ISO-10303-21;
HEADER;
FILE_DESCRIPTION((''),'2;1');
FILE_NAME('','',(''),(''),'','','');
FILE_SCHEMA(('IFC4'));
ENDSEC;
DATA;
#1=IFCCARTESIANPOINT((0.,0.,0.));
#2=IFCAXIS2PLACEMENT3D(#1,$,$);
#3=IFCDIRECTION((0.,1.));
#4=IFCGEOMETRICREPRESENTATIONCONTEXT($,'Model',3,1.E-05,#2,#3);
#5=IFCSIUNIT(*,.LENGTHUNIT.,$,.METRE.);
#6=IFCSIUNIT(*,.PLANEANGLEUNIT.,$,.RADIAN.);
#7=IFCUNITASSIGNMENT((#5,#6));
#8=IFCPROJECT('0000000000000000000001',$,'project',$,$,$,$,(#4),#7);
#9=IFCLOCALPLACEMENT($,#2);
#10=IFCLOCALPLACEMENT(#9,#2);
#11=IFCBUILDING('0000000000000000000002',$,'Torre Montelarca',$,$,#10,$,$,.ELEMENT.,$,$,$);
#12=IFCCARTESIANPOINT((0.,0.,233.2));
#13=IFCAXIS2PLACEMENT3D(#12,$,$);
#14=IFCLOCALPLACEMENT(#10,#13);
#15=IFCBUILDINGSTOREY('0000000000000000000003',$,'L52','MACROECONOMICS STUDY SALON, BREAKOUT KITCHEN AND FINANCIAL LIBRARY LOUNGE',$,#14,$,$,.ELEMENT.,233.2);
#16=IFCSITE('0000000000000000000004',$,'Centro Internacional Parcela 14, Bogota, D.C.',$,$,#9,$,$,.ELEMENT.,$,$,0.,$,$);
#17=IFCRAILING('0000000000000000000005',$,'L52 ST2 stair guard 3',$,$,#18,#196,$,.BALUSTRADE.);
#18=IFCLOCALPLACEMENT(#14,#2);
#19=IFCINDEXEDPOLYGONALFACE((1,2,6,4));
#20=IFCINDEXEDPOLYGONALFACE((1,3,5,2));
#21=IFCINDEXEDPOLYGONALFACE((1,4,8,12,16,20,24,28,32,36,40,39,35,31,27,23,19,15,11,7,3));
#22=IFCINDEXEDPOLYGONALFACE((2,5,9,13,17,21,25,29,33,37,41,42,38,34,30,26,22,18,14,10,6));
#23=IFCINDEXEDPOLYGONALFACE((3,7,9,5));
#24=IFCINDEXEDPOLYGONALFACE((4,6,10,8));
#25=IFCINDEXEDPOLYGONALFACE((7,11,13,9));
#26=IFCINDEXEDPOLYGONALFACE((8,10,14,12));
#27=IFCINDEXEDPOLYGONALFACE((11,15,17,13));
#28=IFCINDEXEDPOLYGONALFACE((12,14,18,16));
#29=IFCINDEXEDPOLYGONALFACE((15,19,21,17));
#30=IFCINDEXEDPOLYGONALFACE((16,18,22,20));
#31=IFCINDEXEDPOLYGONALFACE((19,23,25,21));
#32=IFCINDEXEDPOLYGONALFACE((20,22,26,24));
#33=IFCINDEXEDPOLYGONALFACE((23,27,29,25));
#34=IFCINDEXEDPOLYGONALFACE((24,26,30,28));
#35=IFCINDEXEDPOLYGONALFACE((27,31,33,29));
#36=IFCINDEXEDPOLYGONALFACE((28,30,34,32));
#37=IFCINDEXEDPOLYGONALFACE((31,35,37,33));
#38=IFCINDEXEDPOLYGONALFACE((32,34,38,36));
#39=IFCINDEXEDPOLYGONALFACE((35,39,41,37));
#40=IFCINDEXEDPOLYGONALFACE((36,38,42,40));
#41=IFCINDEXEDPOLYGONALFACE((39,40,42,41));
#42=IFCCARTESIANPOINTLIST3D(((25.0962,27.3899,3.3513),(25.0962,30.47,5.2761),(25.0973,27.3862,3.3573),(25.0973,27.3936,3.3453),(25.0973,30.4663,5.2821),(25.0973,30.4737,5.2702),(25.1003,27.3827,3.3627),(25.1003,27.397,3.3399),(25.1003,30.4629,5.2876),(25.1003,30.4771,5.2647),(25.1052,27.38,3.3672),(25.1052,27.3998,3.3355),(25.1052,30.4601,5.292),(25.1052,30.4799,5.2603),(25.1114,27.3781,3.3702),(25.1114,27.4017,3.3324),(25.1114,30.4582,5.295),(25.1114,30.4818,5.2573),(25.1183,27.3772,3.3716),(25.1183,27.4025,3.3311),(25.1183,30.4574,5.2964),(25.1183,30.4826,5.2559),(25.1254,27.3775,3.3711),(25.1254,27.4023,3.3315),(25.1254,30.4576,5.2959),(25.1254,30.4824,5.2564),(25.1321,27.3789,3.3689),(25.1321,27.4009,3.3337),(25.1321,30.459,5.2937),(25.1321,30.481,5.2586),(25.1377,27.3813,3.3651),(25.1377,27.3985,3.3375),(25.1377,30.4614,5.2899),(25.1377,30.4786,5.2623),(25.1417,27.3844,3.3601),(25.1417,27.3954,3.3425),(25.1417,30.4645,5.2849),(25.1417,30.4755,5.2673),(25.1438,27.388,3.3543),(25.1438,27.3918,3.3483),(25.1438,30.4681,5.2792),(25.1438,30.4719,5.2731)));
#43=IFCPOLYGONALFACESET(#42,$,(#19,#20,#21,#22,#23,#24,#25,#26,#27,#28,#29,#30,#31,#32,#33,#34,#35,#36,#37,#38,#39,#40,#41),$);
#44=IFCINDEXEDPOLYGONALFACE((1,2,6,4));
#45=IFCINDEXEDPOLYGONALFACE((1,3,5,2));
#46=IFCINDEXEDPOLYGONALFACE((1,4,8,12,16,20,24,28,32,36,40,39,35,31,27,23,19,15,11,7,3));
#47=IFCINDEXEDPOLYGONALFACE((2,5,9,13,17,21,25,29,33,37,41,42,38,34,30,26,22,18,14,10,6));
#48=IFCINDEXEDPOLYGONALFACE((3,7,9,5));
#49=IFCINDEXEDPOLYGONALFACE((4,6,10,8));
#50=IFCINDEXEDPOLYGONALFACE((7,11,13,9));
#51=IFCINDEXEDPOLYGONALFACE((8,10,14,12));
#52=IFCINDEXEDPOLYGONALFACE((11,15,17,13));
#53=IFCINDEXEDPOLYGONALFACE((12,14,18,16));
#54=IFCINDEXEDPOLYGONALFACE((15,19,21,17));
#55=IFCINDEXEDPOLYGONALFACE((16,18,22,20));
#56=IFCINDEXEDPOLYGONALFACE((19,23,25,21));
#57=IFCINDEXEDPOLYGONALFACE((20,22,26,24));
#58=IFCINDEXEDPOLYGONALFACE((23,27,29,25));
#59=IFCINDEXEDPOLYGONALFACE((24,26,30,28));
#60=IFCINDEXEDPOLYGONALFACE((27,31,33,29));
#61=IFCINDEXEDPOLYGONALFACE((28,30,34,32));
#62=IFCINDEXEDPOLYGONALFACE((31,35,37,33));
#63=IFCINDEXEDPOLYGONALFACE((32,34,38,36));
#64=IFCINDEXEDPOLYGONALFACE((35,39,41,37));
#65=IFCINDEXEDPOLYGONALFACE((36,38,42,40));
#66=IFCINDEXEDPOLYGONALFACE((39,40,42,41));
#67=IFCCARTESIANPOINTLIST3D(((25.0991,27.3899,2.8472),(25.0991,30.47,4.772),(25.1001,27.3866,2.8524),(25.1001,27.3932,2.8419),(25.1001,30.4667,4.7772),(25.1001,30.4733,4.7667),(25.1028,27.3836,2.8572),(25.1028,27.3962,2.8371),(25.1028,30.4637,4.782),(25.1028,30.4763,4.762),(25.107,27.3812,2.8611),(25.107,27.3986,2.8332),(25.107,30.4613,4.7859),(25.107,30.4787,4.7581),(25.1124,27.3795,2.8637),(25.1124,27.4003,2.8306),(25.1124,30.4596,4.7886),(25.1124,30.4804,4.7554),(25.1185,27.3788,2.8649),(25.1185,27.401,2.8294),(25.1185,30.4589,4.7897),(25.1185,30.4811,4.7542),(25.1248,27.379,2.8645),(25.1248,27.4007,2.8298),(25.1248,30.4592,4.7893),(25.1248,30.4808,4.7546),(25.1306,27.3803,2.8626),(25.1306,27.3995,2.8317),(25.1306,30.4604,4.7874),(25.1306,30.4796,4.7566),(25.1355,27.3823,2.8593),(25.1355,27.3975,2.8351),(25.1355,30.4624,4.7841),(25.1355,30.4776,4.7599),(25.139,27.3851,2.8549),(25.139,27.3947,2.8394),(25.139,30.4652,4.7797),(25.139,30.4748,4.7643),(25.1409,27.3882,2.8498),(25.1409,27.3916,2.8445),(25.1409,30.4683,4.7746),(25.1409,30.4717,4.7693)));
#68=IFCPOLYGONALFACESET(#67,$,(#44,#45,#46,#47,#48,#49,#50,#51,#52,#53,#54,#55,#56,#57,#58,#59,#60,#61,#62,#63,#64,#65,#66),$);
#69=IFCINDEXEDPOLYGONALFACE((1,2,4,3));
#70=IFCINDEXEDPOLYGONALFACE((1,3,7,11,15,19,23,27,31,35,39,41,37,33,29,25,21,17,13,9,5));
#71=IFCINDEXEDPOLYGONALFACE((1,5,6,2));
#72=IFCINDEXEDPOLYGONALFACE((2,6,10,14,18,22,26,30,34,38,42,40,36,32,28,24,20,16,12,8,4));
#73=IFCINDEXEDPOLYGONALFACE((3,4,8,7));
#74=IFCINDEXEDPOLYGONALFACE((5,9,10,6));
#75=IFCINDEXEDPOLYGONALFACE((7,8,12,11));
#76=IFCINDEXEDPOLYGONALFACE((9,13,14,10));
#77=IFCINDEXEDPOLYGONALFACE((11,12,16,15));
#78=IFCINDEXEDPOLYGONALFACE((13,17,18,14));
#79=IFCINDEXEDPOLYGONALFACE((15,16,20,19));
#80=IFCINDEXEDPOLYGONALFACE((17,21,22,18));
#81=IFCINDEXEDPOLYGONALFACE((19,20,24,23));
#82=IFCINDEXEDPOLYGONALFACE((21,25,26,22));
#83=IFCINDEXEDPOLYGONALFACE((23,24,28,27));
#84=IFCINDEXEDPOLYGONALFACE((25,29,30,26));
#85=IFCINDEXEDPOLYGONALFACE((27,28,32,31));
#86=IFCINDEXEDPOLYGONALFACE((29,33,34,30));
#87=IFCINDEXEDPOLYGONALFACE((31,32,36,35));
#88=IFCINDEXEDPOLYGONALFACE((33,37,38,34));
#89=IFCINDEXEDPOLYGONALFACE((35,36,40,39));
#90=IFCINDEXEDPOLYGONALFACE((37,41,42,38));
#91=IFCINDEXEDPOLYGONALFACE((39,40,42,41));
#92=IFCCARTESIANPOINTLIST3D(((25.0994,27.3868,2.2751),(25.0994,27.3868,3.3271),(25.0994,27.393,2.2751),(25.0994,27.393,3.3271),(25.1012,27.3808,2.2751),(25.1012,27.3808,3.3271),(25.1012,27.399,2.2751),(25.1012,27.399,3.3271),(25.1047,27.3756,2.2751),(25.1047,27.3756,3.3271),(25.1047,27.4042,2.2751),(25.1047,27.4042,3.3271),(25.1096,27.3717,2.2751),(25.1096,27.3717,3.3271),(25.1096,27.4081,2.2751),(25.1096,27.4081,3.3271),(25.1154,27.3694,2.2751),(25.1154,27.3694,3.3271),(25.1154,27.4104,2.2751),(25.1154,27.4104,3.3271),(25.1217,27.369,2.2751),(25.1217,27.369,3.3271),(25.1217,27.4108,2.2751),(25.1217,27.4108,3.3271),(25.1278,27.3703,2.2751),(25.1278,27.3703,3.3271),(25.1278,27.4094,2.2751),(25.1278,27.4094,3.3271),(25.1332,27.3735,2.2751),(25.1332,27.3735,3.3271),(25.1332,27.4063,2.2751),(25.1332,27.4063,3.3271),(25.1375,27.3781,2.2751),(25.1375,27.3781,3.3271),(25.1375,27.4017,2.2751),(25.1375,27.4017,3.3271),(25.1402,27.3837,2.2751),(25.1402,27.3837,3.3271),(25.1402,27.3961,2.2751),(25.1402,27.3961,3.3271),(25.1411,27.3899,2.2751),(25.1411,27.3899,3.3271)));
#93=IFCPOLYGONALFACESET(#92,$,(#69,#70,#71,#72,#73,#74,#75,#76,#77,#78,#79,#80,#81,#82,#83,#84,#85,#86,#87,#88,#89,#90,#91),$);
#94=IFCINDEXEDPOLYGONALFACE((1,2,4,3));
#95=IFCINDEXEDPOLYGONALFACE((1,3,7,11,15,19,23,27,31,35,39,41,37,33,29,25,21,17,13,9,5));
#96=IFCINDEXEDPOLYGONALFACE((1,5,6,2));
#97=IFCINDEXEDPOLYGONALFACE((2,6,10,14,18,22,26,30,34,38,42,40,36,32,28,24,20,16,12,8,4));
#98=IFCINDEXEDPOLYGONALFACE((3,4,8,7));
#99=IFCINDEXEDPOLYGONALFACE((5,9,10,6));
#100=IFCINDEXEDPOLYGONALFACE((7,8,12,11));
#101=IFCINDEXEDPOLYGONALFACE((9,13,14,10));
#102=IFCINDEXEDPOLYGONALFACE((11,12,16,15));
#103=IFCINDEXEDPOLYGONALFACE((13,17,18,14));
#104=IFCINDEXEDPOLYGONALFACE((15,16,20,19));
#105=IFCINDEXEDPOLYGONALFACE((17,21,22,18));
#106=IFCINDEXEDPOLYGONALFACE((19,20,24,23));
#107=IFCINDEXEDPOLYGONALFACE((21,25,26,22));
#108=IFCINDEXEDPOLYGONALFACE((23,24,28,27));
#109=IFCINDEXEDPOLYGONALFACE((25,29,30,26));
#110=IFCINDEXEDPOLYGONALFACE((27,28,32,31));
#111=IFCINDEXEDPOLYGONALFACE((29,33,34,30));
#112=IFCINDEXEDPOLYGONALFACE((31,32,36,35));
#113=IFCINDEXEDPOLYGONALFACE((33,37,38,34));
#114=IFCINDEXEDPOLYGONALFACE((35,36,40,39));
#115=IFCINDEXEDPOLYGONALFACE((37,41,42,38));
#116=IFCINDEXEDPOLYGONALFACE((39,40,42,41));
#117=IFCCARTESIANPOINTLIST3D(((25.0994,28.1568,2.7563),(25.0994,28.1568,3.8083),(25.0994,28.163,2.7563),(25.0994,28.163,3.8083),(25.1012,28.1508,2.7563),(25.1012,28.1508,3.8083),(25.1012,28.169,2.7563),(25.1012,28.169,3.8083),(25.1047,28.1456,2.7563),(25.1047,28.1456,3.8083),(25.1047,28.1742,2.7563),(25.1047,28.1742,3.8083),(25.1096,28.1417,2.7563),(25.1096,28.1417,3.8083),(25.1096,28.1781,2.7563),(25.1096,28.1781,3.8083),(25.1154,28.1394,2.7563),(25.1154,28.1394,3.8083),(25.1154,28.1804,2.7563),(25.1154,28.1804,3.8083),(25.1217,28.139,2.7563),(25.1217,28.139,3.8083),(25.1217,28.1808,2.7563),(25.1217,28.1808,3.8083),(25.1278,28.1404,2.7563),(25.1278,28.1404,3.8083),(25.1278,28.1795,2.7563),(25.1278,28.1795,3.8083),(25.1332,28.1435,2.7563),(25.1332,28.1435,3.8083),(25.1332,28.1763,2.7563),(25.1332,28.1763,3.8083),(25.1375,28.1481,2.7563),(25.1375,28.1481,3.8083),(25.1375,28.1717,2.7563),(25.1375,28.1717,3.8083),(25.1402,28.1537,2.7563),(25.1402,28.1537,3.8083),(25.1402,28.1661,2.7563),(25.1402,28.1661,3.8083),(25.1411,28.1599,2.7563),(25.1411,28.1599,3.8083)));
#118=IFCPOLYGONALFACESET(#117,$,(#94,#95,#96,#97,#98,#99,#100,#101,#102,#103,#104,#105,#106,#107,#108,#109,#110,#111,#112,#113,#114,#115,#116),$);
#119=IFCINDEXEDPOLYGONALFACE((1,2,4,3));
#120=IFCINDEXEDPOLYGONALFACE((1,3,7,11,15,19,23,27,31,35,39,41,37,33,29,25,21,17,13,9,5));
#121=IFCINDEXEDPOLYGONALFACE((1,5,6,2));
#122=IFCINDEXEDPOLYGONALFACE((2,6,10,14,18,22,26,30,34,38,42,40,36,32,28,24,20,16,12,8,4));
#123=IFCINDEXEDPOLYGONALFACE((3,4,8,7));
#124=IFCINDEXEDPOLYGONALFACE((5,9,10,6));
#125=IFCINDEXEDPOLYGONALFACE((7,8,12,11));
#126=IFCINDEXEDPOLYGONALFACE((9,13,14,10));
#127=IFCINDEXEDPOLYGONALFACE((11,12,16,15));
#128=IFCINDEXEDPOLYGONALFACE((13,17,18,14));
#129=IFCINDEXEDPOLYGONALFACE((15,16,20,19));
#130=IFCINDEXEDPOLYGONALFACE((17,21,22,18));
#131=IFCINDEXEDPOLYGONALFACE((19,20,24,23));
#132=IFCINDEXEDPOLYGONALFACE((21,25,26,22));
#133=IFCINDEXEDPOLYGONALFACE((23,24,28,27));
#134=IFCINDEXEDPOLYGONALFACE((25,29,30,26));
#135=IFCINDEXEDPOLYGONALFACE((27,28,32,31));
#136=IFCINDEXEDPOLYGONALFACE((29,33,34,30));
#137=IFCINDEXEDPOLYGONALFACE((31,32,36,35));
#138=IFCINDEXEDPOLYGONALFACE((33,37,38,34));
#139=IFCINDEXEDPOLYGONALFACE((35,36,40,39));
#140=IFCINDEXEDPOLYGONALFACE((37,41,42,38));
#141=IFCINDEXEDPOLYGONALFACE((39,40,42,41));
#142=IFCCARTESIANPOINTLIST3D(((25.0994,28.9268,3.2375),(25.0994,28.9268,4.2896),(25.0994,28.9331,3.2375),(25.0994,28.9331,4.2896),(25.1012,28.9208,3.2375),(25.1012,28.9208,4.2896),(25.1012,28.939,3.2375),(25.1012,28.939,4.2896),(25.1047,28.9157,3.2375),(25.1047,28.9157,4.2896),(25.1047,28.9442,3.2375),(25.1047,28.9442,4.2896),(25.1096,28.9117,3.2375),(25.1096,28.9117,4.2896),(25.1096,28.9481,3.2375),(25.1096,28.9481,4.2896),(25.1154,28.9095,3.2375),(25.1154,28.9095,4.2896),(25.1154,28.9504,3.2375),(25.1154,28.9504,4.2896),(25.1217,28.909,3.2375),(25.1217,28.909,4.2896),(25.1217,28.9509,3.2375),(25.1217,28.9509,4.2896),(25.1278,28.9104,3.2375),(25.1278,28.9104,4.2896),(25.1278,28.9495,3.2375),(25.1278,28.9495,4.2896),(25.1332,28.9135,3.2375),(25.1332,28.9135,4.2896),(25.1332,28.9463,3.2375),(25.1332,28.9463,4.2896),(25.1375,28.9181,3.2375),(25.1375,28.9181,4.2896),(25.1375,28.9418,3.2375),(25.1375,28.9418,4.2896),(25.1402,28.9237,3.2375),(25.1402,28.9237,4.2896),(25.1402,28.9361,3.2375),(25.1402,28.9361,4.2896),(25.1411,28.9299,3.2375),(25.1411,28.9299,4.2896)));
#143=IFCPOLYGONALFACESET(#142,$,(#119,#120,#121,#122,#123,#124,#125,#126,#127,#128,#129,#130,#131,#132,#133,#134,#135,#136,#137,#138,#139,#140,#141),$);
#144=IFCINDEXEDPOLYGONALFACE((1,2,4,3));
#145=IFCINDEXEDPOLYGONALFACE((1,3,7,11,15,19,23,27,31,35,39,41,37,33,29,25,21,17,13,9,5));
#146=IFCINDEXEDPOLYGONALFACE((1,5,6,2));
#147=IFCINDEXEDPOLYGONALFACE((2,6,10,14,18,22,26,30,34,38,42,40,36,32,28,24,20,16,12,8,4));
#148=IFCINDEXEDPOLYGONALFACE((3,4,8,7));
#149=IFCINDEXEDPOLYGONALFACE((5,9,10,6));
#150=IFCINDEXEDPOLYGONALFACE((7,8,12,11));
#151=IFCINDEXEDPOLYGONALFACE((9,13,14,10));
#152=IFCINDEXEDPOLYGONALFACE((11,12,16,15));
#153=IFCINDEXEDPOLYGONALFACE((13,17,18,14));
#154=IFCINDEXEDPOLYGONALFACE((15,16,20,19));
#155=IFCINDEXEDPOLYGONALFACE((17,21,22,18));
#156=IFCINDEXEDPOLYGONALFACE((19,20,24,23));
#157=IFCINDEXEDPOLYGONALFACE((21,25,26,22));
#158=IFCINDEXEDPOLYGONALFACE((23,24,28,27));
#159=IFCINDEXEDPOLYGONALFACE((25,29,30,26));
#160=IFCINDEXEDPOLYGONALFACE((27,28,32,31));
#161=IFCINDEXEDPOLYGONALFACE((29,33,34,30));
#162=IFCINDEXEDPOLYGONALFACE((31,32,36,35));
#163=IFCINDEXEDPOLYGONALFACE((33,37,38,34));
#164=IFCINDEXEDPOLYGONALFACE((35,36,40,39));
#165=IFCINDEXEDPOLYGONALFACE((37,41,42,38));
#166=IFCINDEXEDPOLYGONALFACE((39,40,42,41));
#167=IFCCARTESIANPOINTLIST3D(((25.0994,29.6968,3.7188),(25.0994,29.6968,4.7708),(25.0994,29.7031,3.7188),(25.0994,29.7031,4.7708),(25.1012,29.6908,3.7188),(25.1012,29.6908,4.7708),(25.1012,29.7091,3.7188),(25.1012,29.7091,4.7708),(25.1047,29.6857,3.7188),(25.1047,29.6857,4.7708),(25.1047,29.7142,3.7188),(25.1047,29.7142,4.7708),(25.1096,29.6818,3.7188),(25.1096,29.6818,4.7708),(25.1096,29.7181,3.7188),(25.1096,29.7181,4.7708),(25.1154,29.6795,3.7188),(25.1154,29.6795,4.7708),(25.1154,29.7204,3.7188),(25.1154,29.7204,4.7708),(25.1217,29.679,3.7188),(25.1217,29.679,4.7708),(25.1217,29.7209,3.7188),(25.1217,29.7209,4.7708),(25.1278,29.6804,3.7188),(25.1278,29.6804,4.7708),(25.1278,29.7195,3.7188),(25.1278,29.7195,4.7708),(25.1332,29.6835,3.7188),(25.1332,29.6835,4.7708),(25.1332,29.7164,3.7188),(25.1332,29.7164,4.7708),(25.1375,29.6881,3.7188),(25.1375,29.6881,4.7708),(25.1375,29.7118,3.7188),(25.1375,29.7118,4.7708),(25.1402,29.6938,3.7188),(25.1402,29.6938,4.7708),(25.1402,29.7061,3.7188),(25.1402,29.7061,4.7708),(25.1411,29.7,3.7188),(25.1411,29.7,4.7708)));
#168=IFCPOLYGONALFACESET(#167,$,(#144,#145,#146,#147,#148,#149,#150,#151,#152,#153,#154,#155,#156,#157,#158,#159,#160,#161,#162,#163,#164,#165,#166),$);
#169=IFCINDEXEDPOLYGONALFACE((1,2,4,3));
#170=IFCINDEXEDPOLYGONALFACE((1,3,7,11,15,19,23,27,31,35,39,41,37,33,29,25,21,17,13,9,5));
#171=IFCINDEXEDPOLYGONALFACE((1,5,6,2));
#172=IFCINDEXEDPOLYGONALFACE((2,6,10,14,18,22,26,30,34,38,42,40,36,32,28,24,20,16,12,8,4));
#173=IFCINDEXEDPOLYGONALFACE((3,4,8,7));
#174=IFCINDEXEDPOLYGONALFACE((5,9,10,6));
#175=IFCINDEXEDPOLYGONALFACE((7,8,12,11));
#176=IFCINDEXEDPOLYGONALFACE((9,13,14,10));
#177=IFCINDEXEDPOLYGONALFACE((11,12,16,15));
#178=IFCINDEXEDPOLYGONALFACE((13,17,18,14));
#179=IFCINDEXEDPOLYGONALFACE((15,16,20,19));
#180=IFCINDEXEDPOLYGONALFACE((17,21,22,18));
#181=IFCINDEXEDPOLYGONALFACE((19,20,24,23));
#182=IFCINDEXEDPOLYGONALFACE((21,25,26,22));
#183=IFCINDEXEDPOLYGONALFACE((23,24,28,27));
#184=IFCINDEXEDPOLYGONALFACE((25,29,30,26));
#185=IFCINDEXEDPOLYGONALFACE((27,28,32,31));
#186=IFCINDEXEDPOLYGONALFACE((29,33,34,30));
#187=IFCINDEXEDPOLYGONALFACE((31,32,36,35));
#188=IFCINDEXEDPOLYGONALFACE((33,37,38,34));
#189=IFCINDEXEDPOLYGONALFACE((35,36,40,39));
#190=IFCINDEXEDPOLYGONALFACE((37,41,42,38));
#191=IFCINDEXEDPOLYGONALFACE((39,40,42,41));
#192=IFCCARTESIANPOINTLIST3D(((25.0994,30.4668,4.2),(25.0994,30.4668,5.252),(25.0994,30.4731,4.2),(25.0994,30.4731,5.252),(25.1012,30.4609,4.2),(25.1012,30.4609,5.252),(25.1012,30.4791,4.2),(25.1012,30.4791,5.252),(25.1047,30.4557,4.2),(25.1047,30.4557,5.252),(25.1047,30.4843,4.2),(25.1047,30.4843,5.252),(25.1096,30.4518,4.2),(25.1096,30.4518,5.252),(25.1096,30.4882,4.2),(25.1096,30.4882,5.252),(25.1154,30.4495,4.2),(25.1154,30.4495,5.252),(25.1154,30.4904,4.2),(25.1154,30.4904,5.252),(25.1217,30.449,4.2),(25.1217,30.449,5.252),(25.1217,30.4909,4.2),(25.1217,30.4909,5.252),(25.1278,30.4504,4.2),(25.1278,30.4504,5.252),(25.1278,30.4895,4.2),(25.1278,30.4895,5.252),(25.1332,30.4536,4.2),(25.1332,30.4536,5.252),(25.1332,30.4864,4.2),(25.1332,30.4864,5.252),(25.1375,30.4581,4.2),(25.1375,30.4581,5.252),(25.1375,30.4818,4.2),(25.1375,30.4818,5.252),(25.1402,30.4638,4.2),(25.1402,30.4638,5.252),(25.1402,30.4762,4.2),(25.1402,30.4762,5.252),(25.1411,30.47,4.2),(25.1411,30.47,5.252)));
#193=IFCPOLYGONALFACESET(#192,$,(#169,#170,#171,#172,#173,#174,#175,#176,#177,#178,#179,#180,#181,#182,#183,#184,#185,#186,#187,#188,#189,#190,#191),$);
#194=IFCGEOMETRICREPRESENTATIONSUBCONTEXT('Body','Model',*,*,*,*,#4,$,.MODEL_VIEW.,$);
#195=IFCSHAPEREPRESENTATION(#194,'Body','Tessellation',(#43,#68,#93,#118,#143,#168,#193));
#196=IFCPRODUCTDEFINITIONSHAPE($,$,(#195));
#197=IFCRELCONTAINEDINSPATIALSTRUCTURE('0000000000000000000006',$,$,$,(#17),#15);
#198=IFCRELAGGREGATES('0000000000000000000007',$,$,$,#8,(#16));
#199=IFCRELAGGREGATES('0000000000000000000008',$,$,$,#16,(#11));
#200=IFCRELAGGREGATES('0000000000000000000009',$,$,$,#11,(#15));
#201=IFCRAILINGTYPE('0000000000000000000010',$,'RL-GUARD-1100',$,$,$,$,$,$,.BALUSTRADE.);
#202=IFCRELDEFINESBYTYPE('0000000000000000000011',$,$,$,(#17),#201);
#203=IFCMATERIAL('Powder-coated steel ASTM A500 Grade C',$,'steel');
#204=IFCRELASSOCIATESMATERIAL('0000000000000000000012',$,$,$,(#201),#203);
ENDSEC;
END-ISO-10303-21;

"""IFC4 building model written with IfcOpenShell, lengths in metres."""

from ifc_helpers import new_model, si_unit, direction, frame, origin, origin_2d, place, context, subcontext, project, spatial, circle, extrude, material, type_object, element, save


model = new_model("IFC4")

# Units and contexts
model_context = context("Model", 3, precision=1e-05, world=origin(), true_north=direction((0.0, 1.0)))
body_context = subcontext(model_context, "Body", "Model", "MODEL_VIEW")
ifc_project = project(units=[si_unit("LENGTHUNIT", "METRE"), si_unit("PLANEANGLEUNIT", "RADIAN")], contexts=[model_context])

# Site, building, storey
site_placement = place(None, origin())
site = spatial("IfcSite", under=ifc_project, at=site_placement, Name="Centro Internacional Parcela 14, Bogota, D.C.", CompositionType="ELEMENT", RefElevation=0.0)
building_placement = place(site_placement, origin())
building = spatial("IfcBuilding", under=site, at=building_placement, Name="Torre Montelarca", CompositionType="ELEMENT")
storey_placement = place(building_placement, frame((0.0, 0.0, 233.2)))
storey = spatial("IfcBuildingStorey", under=building, at=storey_placement, Name="L52", Description="MACROECONOMICS STUDY SALON, BREAKOUT KITCHEN AND FINANCIAL LIBRARY LOUNGE", CompositionType="ELEMENT", Elevation=233.2)

# Railing
ifc_material_1 = material(Name="Powder-coated steel ASTM A500 Grade C", Category="steel")
railing_type_1 = type_object("IfcRailingType", Name="RL-GUARD-1100", PredefinedType="BALUSTRADE", material=ifc_material_1)
railing_1_placement = place(storey_placement, frame((25.1201, 27.3899, 2.2751)))
element("IfcRailing", 1, at=railing_1_placement, inside=storey, type_object=railing_type_1, Name="L52 ST2 stair guard 3", PredefinedType="BALUSTRADE", context=body_context, shape_type="SweptSolid", body=[
    extrude(circle(Radius=0.0239, at=origin_2d()), frame((0.0, 0.0, 1.0762), z_axis=(0.0, 0.848029, 0.529951), x_axis=(-1.0, 0.0, 0.0)), (0.0, 0.0, 1.0), 3.6321),
    extrude(circle(Radius=0.021, at=origin_2d()), frame((0.0, 0.0, 0.572), z_axis=(0.0, 0.848029, 0.529951), x_axis=(-1.0, 0.0, 0.0)), (0.0, 0.0, 1.0), 3.6321),
    extrude(circle(Radius=0.021, at=origin_2d()), origin(), (0.0, 0.0, 1.0), 1.052),
    extrude(circle(Radius=0.021, at=origin_2d()), frame((0.0, 0.77, 0.4812)), (0.0, 0.0, 1.0), 1.052),
    extrude(circle(Radius=0.021, at=origin_2d()), frame((0.0, 1.54, 0.9624)), (0.0, 0.0, 1.0), 1.052),
    extrude(circle(Radius=0.021, at=origin_2d()), frame((0.0, 2.3101, 1.4436)), (0.0, 0.0, 1.0), 1.052),
    extrude(circle(Radius=0.021, at=origin_2d()), frame((0.0, 3.0801, 1.9248)), (0.0, 0.0, 1.0), 1.052),
])

save(model, "model.ifc")
